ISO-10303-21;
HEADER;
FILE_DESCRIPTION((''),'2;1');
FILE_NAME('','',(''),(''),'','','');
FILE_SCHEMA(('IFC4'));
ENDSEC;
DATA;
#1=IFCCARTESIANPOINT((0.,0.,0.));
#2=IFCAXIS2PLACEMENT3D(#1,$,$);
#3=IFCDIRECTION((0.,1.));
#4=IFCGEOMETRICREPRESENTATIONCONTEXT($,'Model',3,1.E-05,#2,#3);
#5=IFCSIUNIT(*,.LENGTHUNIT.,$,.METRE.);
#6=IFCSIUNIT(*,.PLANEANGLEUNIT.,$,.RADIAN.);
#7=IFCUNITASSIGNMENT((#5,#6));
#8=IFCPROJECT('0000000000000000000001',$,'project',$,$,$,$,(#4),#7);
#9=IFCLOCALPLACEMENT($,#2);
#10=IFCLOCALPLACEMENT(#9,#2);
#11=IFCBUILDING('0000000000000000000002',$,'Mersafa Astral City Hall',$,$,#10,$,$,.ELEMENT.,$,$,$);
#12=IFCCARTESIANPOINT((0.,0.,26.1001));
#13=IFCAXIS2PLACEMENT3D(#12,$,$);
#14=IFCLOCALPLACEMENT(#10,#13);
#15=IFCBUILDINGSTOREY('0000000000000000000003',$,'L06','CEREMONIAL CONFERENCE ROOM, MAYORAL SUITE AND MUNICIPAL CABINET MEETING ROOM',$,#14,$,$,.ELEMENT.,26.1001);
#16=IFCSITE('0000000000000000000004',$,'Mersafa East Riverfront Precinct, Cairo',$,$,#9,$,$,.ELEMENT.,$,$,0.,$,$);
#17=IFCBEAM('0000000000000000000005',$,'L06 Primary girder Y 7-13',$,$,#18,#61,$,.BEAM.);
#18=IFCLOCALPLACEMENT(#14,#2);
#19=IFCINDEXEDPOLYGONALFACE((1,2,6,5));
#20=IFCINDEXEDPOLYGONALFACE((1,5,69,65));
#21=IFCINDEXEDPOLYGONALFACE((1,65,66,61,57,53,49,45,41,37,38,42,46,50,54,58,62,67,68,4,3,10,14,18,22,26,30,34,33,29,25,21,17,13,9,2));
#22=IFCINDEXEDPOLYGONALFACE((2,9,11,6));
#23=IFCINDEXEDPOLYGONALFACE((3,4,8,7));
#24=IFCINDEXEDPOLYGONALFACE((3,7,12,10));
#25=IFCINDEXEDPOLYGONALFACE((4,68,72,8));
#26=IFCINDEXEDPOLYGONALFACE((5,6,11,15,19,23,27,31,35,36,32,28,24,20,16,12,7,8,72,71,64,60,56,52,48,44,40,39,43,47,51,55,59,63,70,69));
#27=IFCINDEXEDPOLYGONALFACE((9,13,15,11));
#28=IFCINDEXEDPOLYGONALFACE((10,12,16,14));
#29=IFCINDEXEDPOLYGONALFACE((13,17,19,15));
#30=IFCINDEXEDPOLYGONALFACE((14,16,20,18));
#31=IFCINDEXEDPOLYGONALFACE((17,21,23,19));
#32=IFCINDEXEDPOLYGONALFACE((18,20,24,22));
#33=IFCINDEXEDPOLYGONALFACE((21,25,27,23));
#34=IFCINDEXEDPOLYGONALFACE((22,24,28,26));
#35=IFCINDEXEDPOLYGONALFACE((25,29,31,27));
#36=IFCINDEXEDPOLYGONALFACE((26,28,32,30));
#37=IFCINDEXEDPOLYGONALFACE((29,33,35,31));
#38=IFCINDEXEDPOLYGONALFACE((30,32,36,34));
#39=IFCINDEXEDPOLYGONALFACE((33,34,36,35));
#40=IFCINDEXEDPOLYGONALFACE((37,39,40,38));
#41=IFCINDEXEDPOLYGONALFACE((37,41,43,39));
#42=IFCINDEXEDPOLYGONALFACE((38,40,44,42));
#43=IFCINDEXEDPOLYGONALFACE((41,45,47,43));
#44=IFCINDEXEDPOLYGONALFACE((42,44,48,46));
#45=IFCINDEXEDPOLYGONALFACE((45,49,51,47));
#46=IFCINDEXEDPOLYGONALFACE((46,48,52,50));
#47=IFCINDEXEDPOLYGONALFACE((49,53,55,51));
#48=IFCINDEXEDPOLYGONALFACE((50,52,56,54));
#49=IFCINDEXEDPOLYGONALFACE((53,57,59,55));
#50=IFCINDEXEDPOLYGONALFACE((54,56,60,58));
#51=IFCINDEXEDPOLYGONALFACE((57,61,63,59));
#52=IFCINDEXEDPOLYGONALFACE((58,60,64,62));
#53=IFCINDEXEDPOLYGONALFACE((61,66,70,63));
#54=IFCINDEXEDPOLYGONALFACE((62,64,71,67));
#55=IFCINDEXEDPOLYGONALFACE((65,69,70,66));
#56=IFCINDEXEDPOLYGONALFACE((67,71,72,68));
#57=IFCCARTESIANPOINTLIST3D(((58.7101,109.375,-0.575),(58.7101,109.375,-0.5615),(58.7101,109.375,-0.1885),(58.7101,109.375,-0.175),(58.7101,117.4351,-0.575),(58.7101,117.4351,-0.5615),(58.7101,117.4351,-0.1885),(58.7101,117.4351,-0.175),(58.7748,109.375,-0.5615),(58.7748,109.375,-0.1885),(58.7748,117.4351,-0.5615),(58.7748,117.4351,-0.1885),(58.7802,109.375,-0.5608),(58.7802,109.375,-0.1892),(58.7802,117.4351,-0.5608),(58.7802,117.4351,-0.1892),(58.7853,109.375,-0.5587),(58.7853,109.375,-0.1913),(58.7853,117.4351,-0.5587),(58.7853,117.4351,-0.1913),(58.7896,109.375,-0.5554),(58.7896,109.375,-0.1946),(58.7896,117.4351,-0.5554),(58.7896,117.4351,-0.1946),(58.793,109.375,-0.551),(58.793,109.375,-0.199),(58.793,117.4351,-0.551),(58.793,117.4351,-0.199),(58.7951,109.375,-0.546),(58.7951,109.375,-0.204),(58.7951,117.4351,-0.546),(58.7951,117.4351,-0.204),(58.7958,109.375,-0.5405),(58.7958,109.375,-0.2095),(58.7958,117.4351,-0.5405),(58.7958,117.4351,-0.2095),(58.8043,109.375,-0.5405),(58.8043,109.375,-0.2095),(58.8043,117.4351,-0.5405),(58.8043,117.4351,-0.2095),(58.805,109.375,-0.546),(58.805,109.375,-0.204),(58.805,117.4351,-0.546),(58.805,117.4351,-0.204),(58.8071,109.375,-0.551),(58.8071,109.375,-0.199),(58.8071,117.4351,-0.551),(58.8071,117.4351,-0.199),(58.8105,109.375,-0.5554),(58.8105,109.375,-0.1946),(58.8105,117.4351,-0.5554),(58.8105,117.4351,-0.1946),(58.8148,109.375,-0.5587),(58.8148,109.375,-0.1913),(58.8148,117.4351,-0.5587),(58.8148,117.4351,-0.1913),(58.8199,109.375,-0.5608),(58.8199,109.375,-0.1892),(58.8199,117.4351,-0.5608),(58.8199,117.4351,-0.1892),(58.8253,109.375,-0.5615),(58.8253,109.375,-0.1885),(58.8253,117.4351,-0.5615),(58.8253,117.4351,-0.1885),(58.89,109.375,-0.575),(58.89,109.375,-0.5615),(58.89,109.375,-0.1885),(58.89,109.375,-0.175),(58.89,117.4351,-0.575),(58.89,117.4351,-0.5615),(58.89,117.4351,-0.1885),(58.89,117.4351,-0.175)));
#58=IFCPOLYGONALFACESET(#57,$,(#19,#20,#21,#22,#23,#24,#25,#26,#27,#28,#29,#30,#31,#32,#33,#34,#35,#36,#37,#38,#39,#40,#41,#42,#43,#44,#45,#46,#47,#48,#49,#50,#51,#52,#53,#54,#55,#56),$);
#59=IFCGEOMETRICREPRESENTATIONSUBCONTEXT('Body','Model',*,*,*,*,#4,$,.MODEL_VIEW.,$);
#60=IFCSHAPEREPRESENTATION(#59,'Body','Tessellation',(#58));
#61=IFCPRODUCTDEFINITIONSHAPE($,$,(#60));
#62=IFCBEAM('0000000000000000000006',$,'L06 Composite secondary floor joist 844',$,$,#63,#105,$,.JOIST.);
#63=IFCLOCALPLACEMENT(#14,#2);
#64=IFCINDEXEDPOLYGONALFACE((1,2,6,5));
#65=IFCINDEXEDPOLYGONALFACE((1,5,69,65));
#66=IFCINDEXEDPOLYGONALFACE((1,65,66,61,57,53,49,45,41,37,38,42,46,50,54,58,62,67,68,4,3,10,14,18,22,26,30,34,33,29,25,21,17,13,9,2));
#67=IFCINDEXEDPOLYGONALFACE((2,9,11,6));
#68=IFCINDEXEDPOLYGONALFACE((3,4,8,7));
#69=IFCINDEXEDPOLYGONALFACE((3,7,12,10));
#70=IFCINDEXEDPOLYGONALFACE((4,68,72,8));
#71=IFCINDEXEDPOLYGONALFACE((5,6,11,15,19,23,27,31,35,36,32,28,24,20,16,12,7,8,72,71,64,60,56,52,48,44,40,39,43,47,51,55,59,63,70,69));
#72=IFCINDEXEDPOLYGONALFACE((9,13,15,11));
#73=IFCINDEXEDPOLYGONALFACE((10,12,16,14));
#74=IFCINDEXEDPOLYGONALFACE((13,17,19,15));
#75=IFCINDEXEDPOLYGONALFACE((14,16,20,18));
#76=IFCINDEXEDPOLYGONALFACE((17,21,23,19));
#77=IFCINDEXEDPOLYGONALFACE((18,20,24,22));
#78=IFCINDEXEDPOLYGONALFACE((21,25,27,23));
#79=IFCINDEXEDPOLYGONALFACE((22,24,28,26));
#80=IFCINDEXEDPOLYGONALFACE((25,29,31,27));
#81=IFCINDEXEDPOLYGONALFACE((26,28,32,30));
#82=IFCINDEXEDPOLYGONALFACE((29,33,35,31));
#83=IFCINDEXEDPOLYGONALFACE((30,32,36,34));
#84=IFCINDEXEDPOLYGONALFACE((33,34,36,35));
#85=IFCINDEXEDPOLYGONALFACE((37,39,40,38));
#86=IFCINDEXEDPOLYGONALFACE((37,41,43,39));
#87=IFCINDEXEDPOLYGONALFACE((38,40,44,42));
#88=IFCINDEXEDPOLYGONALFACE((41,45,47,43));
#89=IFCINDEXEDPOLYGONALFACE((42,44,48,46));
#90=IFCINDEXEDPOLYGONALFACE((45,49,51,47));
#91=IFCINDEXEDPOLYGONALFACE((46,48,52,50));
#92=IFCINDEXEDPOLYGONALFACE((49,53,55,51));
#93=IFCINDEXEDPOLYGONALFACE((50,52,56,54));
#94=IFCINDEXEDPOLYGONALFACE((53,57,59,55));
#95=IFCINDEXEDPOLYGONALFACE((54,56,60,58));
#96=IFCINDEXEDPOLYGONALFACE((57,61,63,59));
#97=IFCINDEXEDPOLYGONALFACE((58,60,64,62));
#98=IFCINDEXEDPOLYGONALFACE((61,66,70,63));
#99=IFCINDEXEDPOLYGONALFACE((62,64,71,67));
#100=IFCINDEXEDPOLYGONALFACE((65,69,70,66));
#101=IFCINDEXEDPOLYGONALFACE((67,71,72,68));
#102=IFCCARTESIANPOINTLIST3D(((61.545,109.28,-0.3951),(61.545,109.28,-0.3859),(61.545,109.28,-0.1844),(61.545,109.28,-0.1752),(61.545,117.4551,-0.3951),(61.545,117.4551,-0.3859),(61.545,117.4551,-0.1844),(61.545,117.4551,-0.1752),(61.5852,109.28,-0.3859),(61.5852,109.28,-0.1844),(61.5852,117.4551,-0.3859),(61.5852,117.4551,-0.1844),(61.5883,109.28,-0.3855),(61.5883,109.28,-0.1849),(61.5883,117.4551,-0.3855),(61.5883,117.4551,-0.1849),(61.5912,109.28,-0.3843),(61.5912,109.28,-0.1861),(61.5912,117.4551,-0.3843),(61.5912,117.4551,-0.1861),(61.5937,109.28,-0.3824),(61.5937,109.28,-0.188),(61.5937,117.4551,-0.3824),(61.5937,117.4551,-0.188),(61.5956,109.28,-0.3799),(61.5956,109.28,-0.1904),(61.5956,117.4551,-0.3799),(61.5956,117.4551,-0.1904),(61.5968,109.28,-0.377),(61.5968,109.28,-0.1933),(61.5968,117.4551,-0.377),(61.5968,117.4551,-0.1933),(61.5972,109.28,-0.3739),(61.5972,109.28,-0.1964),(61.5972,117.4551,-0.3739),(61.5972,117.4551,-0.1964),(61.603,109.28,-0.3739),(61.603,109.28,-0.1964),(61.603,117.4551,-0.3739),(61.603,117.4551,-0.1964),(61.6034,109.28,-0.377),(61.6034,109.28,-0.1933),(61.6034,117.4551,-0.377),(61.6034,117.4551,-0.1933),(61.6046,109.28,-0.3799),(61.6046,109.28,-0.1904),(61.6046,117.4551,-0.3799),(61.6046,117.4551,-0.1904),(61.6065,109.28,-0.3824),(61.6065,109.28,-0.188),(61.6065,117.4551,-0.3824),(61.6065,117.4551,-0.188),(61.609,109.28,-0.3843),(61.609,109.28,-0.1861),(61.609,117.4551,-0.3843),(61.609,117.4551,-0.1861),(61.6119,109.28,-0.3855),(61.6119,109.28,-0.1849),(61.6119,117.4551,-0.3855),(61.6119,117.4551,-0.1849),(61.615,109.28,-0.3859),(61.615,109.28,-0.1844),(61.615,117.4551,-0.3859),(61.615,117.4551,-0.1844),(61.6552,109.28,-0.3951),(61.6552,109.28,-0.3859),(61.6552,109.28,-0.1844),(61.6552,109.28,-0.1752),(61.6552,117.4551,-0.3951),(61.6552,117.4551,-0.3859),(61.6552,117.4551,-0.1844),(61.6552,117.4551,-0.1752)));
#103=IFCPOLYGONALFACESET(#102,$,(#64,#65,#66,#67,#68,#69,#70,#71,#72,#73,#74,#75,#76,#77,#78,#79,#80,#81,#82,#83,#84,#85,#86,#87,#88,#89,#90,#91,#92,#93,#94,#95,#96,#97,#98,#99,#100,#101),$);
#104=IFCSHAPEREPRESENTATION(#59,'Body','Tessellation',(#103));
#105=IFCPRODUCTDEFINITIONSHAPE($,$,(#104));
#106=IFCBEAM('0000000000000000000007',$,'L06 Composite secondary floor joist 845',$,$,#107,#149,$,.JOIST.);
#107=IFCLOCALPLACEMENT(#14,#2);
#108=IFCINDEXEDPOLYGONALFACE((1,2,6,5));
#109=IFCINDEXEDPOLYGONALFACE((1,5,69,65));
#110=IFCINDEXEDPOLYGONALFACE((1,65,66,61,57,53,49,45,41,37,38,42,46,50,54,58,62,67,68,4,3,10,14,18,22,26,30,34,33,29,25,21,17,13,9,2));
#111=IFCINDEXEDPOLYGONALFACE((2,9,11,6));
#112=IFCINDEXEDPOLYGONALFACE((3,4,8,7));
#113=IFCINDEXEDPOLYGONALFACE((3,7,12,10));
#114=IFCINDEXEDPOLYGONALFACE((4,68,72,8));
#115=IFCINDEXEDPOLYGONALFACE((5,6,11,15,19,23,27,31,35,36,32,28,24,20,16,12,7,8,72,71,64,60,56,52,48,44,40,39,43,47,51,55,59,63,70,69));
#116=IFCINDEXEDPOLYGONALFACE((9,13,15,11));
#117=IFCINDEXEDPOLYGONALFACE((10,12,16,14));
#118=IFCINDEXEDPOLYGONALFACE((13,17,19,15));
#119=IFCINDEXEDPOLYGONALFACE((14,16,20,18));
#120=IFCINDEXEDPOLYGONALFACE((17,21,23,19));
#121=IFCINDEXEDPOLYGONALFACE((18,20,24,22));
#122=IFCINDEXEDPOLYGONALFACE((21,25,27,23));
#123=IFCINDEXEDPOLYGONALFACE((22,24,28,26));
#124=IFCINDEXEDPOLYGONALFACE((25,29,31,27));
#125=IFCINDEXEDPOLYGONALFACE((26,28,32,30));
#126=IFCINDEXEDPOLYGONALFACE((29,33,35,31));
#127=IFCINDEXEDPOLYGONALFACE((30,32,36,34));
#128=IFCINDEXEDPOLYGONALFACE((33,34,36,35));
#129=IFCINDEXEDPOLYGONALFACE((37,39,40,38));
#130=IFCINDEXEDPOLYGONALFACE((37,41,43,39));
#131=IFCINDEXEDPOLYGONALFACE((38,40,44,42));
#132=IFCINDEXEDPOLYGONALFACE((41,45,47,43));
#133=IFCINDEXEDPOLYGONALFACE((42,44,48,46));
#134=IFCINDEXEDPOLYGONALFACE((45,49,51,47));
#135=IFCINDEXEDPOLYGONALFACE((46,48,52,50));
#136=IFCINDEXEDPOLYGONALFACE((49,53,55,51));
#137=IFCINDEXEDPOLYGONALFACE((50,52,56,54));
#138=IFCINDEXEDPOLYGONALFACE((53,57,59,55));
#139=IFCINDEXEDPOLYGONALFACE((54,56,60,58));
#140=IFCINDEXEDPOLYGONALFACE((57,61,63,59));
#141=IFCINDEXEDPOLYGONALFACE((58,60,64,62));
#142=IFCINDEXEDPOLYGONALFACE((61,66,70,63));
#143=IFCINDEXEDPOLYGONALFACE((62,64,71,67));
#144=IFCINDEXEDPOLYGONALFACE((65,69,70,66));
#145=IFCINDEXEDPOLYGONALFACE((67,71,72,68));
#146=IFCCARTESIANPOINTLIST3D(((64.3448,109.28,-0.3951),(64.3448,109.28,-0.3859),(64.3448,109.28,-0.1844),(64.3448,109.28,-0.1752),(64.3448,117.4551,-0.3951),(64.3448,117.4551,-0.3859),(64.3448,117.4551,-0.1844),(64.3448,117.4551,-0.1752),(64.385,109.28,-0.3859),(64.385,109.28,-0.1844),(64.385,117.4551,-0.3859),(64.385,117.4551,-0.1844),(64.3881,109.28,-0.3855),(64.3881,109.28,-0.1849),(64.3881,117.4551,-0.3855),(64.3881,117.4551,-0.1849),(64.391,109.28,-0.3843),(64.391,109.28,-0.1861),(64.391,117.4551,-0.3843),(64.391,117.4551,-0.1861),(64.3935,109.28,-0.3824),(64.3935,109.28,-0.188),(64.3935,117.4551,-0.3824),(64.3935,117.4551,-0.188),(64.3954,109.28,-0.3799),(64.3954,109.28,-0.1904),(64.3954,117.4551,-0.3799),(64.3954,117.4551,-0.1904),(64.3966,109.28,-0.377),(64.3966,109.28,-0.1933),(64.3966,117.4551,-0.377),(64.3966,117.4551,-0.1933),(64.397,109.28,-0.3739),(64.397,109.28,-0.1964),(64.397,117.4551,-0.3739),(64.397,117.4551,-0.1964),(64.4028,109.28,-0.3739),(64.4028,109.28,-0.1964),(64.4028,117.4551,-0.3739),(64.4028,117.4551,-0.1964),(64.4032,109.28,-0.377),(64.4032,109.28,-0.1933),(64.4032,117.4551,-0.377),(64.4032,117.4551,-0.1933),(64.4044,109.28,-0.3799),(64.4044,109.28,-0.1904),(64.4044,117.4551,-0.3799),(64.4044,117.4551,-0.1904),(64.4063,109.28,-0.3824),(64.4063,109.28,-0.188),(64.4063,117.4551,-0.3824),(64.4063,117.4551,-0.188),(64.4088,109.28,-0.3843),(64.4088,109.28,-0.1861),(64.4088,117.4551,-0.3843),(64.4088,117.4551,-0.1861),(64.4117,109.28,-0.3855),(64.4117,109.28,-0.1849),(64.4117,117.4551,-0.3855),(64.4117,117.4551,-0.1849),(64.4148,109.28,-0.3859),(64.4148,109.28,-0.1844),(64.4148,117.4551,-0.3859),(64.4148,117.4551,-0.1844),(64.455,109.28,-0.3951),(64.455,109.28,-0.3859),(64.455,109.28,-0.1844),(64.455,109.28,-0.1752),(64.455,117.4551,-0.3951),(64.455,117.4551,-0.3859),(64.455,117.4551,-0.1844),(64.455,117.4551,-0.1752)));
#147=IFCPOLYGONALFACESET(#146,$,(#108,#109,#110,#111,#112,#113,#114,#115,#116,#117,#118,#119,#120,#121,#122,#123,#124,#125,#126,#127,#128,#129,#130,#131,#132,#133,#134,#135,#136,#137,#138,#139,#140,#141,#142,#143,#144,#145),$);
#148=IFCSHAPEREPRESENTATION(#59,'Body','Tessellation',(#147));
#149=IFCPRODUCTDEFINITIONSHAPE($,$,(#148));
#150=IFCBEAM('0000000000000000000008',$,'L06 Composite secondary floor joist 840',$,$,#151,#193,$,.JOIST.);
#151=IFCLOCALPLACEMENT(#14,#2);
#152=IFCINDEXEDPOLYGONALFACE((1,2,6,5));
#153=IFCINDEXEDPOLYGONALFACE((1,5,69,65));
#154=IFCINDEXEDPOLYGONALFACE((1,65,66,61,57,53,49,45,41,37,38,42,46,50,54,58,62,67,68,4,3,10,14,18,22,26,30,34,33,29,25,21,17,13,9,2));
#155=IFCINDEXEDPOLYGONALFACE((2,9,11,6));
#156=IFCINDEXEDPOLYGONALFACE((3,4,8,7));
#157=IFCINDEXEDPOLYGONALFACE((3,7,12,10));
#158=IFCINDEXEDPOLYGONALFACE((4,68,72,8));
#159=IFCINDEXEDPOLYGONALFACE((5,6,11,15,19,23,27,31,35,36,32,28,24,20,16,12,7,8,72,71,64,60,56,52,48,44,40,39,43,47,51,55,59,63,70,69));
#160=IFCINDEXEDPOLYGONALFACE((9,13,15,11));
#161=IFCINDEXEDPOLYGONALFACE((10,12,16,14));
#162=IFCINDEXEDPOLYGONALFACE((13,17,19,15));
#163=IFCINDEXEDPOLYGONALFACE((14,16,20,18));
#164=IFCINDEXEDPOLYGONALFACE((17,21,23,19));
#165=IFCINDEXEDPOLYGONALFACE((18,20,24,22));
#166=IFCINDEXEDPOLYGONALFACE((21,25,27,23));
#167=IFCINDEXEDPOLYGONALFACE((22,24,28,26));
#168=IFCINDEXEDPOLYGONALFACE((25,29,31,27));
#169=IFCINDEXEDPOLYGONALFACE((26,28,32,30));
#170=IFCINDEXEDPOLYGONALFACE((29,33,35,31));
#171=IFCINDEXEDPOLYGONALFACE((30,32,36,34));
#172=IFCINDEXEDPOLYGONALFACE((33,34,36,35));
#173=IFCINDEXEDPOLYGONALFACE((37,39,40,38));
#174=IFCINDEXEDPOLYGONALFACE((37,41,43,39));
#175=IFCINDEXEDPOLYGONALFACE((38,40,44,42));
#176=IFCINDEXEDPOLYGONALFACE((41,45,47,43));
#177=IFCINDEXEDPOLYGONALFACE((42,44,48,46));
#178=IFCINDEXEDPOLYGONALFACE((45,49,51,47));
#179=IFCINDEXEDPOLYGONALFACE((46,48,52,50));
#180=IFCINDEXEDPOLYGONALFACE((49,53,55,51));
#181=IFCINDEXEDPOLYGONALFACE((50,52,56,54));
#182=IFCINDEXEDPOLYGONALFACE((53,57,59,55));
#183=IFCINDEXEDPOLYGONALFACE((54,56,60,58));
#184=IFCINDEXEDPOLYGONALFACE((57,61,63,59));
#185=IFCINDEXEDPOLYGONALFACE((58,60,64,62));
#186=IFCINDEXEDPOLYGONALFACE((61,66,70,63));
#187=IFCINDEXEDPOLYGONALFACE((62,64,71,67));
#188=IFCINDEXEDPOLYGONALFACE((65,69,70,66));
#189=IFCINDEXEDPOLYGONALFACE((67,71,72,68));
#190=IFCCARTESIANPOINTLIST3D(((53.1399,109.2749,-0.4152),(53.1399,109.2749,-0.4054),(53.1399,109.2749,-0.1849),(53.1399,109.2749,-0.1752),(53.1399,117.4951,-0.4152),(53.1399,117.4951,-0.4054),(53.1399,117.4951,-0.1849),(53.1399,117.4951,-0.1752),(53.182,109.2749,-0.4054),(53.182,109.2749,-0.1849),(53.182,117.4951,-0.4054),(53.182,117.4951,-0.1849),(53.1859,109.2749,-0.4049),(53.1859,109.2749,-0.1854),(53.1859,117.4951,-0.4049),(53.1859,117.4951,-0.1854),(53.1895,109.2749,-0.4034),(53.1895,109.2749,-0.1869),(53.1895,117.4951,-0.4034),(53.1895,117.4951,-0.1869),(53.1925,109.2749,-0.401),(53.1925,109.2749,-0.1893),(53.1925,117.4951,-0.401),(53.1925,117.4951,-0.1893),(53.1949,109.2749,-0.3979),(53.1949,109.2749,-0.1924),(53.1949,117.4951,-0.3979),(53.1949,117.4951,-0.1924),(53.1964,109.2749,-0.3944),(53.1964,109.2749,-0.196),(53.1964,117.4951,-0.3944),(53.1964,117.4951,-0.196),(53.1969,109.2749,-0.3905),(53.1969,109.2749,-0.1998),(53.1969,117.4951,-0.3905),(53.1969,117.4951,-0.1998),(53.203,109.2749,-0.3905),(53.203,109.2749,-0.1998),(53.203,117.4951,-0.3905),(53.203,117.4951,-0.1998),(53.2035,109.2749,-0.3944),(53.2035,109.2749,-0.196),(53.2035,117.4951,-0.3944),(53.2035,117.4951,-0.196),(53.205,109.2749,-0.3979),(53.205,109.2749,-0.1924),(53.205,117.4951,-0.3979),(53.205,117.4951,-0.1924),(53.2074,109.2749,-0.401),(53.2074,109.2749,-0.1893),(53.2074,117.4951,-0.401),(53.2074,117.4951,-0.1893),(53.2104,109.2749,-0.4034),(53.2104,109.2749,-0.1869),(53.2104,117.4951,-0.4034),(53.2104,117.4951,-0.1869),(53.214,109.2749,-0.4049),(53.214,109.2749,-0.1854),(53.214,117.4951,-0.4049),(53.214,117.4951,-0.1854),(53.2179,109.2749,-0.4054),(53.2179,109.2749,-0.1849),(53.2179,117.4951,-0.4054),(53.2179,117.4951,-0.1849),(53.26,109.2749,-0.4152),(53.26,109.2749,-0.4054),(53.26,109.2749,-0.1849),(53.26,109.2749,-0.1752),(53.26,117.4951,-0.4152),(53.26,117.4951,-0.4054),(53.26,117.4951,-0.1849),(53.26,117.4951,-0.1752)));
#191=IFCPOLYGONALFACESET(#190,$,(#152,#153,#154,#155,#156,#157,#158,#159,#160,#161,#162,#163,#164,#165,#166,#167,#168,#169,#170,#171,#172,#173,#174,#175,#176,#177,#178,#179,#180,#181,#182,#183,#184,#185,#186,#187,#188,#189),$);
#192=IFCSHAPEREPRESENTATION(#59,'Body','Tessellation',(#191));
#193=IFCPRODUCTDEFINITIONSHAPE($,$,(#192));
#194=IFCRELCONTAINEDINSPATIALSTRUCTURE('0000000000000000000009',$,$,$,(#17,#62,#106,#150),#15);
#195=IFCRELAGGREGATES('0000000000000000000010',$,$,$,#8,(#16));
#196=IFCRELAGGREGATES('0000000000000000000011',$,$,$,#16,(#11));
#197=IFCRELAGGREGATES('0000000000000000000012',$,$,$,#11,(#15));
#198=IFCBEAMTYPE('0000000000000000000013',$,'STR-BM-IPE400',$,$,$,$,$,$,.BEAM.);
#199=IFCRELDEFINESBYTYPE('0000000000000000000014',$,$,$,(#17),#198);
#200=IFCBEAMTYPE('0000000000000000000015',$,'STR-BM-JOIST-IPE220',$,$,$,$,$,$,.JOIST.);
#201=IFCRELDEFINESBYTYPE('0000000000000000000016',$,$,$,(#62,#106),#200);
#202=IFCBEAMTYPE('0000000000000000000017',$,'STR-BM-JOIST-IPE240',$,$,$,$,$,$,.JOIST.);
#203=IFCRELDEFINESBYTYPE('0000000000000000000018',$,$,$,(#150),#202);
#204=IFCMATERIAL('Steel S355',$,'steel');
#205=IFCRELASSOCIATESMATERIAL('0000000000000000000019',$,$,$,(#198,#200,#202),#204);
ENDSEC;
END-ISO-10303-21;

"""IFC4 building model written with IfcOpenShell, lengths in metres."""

from ifc_helpers import new_model, si_unit, direction, frame, origin, origin_2d, place, context, subcontext, project, spatial, i_section, extrude, material, material_profile, profile_set, type_object, element, save


model = new_model("IFC4")

# Units and contexts
model_context = context("Model", 3, precision=1e-05, world=origin(), true_north=direction((0.0, 1.0)))
body_context = subcontext(model_context, "Body", "Model", "MODEL_VIEW")
ifc_project = project(units=[si_unit("LENGTHUNIT", "METRE"), si_unit("PLANEANGLEUNIT", "RADIAN")], contexts=[model_context])

# Site, building, storey
site_placement = place(None, origin())
site = spatial("IfcSite", under=ifc_project, at=site_placement, Name="Mersafa East Riverfront Precinct, Cairo", CompositionType="ELEMENT", RefElevation=0.0)
building_placement = place(site_placement, origin())
building = spatial("IfcBuilding", under=site, at=building_placement, Name="Mersafa Astral City Hall", CompositionType="ELEMENT")
storey_placement = place(building_placement, frame((0.0, 0.0, 26.1001)))
storey = spatial("IfcBuildingStorey", under=building, at=storey_placement, Name="L06", Description="CEREMONIAL CONFERENCE ROOM, MAYORAL SUITE AND MUNICIPAL CABINET MEETING ROOM", CompositionType="ELEMENT", Elevation=26.1001)

# Shared definitions
ifc_material_1 = material(Name="Steel S355", Category="steel")

# Beams
ifc_material_profile_1 = material_profile(ifc_material_1, i_section(OverallWidth=0.1799, OverallDepth=0.3999, WebThickness=0.0085, FlangeThickness=0.0134, FilletRadius=0.021, at=origin_2d()), Name="IPE 400")
ifc_profile_set_1 = profile_set([ifc_material_profile_1], Name="Steel S355")
beam_type_1 = type_object("IfcBeamType", Name="STR-BM-IPE400", PredefinedType="BEAM", material=ifc_profile_set_1)
beam_1_placement = place(storey_placement, frame((58.8, 109.375, -0.375), z_axis=(0.0, 1.0, 0.0), x_axis=(-1.0, 0.0, 0.0)))
element("IfcBeam", 1, at=beam_1_placement, inside=storey, type_object=beam_type_1, Name="L06 Primary girder Y 7-13", PredefinedType="BEAM", context=body_context, shape_type="SweptSolid", body=[
    extrude(i_section(OverallWidth=0.1799, OverallDepth=0.3999, WebThickness=0.0085, FlangeThickness=0.0134, FilletRadius=0.021, at=origin_2d()), origin(), (0.0, 0.0, 1.0), 8.0601),
])
ifc_material_profile_2 = material_profile(ifc_material_1, i_section(OverallWidth=0.1101, OverallDepth=0.22, WebThickness=0.0059, FlangeThickness=0.0093, FilletRadius=0.012, at=origin_2d()), Name="IPE 220")
ifc_profile_set_2 = profile_set([ifc_material_profile_2], Name="Steel S355")
beam_type_2 = type_object("IfcBeamType", Name="STR-BM-JOIST-IPE220", PredefinedType="JOIST", material=ifc_profile_set_2)
for number, where, z_axis, x_axis, name in (
    (2, (61.6001, 109.28, -0.2852), (0.0, 1.0, 0.0), (-1.0, 0.0, 0.0), "L06 Composite secondary floor joist 844"),
    (3, (64.3999, 109.28, -0.2852), (0.0, 1.0, 0.0), (-1.0, 0.0, 0.0), "L06 Composite secondary floor joist 845"),
):
    element("IfcBeam", number, at=place(storey_placement, frame(where, z_axis=z_axis, x_axis=x_axis)), inside=storey, type_object=beam_type_2, Name=name, PredefinedType="JOIST", context=body_context, shape_type="SweptSolid", body=[
        extrude(i_section(OverallWidth=0.1101, OverallDepth=0.22, WebThickness=0.0059, FlangeThickness=0.0093, FilletRadius=0.012, at=origin_2d()), origin(), (0.0, 0.0, 1.0), 8.175),
    ])
ifc_material_profile_3 = material_profile(ifc_material_1, i_section(OverallWidth=0.1201, OverallDepth=0.24, WebThickness=0.0061, FlangeThickness=0.0098, FilletRadius=0.0149, at=origin_2d()), Name="IPE 240")
ifc_profile_set_3 = profile_set([ifc_material_profile_3], Name="Steel S355")
beam_type_3 = type_object("IfcBeamType", Name="STR-BM-JOIST-IPE240", PredefinedType="JOIST", material=ifc_profile_set_3)
for number, where, z_axis, x_axis, name in (
    (4, (53.2, 109.2749, -0.2952), (0.0, 1.0, 0.0), (-1.0, 0.0, 0.0), "L06 Composite secondary floor joist 840"),
):
    element("IfcBeam", number, at=place(storey_placement, frame(where, z_axis=z_axis, x_axis=x_axis)), inside=storey, type_object=beam_type_3, Name=name, PredefinedType="JOIST", context=body_context, shape_type="SweptSolid", body=[
        extrude(i_section(OverallWidth=0.1201, OverallDepth=0.24, WebThickness=0.0061, FlangeThickness=0.0098, FilletRadius=0.0149, at=origin_2d()), origin(), (0.0, 0.0, 1.0), 8.2202),
    ])

save(model, "model.ifc")
